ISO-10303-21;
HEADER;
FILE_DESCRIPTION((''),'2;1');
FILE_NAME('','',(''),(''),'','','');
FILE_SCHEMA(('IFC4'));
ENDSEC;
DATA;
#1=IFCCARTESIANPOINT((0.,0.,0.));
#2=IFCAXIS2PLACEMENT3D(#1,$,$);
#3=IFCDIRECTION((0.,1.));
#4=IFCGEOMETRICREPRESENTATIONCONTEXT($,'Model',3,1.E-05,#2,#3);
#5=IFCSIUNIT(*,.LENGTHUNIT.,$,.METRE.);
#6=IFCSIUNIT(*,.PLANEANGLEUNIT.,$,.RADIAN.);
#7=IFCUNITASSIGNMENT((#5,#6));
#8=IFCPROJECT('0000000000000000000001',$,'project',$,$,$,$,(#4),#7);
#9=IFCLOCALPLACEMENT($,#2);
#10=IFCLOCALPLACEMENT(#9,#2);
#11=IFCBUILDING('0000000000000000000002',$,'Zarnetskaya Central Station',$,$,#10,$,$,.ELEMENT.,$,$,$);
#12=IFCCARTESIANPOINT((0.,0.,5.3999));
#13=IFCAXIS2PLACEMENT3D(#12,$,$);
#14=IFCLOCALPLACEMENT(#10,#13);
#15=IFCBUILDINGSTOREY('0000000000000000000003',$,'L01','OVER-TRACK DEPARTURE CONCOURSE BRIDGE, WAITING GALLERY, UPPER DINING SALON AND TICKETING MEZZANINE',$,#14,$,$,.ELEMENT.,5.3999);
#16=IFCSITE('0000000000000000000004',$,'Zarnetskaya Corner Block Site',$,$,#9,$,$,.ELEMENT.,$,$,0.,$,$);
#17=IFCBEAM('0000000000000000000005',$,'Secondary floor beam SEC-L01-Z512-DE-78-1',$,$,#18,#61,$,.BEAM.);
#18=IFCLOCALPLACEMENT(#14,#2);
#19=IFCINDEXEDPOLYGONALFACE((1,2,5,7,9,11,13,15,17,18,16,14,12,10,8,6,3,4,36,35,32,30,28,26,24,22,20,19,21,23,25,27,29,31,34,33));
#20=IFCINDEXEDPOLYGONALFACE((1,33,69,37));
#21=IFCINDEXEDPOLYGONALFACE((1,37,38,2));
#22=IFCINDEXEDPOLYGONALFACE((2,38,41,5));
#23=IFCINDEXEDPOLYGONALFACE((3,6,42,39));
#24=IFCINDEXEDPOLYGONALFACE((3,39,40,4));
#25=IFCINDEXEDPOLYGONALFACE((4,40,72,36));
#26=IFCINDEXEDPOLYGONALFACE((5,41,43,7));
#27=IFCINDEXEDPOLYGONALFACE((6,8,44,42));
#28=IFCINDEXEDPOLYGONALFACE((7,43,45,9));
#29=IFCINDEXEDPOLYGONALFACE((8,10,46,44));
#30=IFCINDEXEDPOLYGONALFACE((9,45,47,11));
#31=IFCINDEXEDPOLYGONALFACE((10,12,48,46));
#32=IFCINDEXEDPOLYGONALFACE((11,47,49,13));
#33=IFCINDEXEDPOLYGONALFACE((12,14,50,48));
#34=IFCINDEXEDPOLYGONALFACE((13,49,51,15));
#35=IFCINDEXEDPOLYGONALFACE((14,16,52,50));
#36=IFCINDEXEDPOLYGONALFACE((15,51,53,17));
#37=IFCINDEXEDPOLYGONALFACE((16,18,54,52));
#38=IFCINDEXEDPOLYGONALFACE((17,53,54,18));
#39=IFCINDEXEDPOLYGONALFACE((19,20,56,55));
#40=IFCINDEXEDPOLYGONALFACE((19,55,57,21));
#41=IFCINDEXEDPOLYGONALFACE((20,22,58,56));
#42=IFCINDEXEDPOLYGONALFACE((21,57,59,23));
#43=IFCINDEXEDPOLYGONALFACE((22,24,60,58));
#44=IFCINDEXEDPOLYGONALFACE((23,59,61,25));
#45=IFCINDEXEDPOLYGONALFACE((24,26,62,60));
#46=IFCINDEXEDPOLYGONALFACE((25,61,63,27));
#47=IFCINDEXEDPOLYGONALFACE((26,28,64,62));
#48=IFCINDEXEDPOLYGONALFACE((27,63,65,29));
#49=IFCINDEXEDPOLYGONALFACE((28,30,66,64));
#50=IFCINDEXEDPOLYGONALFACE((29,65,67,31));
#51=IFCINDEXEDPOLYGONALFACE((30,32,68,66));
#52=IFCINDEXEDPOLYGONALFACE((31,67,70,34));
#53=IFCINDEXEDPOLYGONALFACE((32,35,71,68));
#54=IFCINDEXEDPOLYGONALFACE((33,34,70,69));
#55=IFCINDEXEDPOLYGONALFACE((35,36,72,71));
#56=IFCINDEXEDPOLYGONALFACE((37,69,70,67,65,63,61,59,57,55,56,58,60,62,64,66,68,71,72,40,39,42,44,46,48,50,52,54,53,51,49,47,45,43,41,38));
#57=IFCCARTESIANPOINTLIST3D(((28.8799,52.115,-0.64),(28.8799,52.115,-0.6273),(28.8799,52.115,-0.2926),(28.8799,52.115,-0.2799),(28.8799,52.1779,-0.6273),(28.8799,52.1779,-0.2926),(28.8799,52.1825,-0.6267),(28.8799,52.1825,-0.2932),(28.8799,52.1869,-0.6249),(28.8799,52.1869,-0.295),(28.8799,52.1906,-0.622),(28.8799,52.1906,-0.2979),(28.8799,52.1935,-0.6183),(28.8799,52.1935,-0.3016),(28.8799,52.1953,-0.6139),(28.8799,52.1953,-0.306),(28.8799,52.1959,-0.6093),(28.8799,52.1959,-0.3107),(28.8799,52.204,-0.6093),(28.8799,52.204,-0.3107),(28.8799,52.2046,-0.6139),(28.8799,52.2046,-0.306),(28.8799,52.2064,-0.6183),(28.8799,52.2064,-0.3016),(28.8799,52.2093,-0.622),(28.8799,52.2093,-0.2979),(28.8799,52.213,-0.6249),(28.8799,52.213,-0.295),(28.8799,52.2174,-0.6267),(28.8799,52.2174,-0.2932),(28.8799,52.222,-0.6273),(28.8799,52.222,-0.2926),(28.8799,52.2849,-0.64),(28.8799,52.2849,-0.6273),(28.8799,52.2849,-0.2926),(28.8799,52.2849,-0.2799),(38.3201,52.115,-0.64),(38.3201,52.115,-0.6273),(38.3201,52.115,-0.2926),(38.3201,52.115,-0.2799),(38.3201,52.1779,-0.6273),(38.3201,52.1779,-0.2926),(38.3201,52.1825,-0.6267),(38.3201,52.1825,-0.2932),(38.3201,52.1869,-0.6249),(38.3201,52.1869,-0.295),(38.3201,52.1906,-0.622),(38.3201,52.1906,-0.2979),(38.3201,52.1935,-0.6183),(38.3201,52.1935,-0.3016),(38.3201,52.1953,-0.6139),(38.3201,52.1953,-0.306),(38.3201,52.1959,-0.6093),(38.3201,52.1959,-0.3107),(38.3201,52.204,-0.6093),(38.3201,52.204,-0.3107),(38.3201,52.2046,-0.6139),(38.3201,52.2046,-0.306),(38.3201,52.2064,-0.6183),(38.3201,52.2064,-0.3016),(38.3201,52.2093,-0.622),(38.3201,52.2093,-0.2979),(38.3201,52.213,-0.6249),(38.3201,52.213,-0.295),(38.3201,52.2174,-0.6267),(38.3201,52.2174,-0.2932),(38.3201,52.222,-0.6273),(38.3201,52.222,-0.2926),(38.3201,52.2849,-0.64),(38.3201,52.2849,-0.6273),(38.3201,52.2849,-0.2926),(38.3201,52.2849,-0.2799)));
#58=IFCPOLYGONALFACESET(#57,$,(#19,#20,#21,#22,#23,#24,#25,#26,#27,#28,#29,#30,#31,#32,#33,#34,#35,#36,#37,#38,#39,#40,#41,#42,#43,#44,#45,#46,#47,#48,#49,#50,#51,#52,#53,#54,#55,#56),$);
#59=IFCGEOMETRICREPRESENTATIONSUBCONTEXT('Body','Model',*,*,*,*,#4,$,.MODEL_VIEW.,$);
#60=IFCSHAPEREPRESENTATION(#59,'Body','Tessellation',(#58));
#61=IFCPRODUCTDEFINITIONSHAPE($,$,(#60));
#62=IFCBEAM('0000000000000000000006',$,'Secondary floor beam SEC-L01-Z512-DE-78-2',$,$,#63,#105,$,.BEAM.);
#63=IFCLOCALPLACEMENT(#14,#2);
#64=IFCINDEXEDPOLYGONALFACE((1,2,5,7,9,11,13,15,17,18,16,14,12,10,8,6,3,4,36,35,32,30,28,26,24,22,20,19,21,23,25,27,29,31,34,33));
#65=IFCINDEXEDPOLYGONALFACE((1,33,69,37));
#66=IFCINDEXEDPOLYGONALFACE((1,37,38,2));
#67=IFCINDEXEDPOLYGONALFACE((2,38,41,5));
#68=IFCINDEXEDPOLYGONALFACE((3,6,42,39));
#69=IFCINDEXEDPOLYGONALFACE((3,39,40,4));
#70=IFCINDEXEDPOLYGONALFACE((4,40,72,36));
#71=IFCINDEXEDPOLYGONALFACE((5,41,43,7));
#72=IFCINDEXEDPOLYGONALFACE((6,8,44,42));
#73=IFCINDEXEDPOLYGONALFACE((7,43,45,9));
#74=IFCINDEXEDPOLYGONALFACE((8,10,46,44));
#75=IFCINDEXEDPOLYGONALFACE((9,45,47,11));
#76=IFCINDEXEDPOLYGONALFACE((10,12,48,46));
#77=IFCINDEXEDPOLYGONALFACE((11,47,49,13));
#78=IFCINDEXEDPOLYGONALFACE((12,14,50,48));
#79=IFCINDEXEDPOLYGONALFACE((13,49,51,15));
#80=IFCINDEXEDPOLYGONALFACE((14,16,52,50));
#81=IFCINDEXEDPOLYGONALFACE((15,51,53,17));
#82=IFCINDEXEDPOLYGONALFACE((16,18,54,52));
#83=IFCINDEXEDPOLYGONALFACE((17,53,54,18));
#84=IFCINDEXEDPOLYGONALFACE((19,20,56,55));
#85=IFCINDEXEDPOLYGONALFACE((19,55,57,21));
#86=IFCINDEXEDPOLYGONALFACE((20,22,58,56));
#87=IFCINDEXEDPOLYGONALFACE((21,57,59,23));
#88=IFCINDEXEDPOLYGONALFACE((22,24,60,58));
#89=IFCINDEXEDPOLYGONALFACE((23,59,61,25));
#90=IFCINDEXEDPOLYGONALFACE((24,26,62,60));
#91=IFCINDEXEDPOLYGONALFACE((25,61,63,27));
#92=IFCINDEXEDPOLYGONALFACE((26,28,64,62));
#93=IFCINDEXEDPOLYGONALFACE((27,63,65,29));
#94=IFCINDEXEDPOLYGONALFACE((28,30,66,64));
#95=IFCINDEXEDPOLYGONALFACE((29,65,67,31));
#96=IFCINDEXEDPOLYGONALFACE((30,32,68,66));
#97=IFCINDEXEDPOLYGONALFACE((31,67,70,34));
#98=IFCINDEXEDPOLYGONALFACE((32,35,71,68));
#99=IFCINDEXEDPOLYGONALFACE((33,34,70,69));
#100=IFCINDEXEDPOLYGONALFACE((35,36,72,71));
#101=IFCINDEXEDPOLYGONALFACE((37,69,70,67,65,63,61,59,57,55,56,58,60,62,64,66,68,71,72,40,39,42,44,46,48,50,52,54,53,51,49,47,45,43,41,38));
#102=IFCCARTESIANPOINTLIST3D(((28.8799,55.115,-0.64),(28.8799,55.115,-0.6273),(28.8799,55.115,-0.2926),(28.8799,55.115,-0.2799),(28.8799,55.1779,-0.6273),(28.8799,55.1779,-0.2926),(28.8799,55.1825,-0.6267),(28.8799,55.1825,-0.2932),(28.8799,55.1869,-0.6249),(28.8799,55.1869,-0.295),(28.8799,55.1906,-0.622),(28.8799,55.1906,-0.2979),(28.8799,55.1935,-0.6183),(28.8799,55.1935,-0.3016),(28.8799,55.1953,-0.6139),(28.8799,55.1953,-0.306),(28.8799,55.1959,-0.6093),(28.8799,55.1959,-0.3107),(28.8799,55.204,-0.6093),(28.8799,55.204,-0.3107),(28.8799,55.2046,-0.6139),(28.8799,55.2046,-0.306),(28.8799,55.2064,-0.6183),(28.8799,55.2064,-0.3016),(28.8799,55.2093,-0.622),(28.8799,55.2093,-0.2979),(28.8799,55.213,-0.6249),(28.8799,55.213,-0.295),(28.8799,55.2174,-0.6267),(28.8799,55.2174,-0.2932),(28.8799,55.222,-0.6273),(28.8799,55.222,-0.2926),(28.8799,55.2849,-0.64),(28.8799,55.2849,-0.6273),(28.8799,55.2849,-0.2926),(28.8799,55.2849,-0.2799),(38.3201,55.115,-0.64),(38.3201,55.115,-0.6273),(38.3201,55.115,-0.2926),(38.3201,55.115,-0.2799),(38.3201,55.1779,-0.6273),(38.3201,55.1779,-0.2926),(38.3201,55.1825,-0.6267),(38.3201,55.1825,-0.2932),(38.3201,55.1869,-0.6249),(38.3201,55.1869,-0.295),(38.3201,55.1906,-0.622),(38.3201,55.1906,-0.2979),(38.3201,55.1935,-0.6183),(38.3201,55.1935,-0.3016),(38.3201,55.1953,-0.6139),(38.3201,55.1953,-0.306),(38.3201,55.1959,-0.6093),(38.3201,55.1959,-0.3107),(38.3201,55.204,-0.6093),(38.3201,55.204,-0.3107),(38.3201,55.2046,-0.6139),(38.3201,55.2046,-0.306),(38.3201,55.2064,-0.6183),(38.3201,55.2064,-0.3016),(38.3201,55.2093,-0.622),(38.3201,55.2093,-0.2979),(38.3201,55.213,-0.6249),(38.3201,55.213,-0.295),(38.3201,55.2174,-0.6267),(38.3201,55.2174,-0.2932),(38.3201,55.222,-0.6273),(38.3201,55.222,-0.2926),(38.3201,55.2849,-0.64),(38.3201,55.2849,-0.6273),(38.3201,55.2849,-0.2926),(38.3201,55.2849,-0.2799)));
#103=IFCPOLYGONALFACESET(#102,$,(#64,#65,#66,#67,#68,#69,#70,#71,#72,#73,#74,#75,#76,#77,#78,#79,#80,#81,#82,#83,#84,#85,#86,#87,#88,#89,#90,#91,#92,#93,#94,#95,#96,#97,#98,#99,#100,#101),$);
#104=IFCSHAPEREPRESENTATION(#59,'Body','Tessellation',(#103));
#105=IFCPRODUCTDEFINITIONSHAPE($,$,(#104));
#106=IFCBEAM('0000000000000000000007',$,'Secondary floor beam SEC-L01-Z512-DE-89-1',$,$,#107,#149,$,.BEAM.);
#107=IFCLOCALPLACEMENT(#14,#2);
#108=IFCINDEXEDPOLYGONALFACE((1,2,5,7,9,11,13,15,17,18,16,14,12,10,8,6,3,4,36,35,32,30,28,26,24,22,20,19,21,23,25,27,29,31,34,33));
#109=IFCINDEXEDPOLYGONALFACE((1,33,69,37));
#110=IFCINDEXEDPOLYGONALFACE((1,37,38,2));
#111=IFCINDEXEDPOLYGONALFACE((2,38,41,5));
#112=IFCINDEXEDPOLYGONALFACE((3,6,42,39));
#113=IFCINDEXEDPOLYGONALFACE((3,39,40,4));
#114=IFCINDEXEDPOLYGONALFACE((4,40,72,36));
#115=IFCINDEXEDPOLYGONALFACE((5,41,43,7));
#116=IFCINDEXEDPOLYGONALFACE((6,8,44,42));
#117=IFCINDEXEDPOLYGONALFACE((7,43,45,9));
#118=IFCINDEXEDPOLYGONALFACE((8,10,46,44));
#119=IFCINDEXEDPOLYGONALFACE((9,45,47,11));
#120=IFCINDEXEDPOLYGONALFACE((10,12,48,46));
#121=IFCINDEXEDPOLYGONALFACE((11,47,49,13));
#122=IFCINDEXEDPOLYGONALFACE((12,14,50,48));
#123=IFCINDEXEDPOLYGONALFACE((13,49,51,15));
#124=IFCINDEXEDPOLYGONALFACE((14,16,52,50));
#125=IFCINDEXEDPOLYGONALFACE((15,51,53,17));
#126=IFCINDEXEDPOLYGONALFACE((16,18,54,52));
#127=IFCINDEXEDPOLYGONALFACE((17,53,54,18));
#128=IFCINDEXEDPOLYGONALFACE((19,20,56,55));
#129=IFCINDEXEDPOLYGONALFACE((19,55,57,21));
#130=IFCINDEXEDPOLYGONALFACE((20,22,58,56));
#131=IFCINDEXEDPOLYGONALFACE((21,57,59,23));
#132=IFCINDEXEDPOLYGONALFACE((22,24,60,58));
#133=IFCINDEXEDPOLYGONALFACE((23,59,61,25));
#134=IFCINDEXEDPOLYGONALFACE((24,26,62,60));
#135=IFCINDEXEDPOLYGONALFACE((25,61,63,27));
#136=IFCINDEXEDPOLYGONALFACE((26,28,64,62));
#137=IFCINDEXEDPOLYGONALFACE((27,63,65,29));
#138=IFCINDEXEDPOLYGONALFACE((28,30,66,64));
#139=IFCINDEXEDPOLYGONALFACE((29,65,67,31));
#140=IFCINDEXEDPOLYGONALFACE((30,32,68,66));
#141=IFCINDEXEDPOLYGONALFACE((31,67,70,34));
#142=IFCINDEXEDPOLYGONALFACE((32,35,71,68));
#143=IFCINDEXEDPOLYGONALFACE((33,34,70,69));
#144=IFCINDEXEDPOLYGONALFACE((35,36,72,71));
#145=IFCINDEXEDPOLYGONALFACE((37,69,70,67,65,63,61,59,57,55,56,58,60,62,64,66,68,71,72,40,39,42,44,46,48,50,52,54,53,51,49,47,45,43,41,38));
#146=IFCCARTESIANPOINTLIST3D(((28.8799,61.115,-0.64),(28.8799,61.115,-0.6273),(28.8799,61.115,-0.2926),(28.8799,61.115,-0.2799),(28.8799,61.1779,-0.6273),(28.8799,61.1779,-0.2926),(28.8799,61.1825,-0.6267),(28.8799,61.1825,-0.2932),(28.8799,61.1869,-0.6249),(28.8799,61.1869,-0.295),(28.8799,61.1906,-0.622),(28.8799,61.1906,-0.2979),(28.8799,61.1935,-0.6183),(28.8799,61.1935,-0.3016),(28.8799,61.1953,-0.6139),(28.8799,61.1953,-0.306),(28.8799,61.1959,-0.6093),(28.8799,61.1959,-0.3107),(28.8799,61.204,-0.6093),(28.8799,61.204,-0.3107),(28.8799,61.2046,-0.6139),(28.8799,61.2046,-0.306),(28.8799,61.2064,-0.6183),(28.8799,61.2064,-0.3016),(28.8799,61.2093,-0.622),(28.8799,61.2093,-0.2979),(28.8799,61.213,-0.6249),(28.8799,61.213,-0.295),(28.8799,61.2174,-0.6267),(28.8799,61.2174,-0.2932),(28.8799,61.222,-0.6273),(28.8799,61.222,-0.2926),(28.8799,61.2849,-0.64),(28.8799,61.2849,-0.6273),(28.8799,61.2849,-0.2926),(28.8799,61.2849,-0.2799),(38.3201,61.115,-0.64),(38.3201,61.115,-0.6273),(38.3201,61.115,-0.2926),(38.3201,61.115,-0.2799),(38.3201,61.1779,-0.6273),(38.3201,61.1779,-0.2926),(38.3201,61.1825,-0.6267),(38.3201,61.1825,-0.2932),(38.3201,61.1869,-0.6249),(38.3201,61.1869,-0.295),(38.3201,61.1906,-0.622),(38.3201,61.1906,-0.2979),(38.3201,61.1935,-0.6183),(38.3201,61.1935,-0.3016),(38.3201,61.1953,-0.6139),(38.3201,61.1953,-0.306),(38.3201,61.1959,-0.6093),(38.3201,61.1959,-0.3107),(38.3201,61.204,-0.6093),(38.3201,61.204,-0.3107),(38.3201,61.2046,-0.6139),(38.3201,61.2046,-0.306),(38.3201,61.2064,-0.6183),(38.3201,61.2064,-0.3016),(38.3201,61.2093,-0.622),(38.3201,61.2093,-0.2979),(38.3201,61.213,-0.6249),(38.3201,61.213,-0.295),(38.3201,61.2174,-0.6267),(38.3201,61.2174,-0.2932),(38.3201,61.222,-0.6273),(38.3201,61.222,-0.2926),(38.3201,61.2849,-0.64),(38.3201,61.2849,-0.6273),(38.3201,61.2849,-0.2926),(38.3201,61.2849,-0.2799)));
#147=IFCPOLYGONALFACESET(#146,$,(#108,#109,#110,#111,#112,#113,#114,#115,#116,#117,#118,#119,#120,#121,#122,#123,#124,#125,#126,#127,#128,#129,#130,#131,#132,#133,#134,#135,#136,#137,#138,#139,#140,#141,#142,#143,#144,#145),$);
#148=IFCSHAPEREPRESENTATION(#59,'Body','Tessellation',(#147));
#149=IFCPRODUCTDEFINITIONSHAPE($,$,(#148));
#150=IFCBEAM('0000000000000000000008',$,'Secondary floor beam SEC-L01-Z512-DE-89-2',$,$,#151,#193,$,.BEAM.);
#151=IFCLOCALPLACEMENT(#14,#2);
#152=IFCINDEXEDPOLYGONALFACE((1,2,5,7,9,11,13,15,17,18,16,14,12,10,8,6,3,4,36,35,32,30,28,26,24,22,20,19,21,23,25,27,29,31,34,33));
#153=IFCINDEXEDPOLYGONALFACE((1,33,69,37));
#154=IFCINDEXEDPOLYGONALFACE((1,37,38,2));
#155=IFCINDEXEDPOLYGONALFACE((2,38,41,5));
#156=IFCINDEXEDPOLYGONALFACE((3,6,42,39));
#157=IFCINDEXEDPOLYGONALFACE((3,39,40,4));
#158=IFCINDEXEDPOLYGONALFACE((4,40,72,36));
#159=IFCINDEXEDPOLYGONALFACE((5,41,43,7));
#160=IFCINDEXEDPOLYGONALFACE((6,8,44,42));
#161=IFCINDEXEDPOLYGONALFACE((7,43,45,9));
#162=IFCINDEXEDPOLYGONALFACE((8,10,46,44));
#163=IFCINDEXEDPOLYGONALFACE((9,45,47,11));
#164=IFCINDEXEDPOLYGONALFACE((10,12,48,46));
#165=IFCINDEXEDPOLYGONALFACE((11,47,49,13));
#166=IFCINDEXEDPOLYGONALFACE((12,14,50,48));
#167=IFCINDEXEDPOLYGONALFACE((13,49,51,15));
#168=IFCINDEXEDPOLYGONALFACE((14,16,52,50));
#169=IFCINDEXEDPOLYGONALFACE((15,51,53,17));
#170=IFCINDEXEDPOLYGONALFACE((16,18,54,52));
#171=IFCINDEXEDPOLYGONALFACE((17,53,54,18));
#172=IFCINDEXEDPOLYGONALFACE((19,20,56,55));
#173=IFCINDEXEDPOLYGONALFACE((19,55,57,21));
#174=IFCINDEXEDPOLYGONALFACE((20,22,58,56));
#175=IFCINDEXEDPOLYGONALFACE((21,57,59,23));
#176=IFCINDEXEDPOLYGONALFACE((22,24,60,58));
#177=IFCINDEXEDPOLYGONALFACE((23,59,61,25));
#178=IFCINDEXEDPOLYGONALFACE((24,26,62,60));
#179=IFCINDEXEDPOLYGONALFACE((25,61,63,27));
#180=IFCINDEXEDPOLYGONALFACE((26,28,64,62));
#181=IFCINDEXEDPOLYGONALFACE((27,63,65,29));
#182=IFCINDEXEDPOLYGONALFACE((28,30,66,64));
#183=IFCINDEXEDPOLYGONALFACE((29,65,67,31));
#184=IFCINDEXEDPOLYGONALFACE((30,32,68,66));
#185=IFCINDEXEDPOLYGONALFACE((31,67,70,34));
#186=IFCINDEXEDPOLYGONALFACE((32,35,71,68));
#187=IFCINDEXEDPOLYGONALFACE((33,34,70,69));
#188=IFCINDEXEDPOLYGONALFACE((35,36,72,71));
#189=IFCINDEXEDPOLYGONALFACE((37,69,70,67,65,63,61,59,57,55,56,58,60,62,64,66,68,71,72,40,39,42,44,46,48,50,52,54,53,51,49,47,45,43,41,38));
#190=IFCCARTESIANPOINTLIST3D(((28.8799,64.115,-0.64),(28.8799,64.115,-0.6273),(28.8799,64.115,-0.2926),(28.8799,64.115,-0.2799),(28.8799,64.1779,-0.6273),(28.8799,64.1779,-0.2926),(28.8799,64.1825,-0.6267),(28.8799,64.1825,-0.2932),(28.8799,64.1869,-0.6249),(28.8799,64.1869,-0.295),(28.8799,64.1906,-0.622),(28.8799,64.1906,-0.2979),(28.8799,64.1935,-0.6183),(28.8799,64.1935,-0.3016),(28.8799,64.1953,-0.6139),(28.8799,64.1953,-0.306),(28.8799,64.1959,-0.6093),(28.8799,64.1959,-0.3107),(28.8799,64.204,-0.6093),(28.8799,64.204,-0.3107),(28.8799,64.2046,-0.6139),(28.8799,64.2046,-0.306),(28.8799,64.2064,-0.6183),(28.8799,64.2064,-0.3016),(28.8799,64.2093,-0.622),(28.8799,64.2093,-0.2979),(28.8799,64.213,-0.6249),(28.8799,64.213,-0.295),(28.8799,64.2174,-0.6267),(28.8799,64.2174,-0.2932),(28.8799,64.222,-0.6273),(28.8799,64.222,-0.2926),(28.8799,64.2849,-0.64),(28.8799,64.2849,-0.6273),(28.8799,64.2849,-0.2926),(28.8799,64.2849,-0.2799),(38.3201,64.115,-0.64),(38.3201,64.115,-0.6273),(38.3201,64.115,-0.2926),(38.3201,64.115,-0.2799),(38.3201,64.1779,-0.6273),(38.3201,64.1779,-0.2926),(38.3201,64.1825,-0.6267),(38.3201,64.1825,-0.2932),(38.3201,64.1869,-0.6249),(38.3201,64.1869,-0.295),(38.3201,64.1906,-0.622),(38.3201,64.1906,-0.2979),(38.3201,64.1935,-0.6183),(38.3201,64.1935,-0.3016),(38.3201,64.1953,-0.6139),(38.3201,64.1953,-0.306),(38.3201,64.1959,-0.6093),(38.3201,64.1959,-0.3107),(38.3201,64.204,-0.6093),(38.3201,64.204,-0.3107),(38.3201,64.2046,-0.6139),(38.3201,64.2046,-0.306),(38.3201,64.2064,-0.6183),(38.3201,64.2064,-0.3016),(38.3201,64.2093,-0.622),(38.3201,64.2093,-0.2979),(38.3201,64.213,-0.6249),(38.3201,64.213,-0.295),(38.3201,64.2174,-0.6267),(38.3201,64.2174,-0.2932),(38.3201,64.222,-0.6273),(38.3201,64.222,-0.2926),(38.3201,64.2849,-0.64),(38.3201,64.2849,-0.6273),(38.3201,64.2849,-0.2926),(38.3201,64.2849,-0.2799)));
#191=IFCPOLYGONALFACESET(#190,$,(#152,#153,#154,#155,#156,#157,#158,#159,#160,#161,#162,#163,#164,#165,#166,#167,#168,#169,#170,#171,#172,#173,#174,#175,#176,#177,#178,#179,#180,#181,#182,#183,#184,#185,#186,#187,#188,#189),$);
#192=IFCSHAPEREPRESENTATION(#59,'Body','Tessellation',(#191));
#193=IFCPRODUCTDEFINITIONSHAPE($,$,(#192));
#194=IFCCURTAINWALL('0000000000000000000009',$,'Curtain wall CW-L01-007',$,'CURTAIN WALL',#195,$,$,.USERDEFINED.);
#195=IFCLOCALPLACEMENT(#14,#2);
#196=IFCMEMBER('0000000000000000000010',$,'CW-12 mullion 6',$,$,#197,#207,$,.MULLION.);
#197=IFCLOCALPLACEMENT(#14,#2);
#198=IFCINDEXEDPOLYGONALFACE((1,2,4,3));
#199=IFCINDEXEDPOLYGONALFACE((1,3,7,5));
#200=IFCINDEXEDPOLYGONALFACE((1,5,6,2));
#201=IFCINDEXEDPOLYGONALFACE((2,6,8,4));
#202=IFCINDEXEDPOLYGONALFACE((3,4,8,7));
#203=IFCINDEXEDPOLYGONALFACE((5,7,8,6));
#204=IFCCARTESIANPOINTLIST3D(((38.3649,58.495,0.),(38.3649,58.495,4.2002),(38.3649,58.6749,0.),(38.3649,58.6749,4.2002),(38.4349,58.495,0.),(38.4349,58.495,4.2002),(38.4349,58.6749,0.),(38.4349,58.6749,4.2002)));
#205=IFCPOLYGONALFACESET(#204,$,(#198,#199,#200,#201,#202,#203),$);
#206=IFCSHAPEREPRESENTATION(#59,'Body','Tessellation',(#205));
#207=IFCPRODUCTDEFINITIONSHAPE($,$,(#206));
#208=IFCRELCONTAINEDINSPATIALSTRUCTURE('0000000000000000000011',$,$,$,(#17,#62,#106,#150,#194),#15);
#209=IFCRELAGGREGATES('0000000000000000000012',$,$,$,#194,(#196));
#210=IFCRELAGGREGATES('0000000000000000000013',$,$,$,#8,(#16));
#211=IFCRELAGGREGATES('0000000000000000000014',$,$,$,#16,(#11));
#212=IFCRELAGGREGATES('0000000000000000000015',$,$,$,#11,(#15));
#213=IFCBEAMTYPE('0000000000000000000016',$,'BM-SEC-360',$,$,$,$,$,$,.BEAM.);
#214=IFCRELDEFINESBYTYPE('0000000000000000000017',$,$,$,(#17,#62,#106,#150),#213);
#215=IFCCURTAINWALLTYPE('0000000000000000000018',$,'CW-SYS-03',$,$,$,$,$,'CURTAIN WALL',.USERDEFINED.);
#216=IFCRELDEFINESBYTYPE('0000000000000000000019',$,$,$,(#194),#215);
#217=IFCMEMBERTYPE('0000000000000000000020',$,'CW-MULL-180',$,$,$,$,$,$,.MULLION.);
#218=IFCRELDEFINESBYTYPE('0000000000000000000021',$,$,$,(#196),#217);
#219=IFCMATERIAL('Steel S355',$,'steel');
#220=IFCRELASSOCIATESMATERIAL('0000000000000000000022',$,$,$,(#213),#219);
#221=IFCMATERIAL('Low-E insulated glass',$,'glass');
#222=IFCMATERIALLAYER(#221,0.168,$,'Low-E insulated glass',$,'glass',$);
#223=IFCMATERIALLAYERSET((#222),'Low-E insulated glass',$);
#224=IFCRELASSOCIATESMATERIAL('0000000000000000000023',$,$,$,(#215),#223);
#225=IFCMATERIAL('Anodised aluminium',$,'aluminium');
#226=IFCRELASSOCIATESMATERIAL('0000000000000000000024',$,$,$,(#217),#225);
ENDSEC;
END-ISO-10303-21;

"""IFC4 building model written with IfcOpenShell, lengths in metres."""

from ifc_helpers import new_model, si_unit, direction, frame, origin, origin_2d, place, context, subcontext, project, spatial, rectangle, i_section, extrude, material, layer, layer_set, material_profile, profile_set, type_object, element, aggregate, save


model = new_model("IFC4")

# Units and contexts
model_context = context("Model", 3, precision=1e-05, world=origin(), true_north=direction((0.0, 1.0)))
body_context = subcontext(model_context, "Body", "Model", "MODEL_VIEW")
ifc_project = project(units=[si_unit("LENGTHUNIT", "METRE"), si_unit("PLANEANGLEUNIT", "RADIAN")], contexts=[model_context])

# Site, building, storey
site_placement = place(None, origin())
site = spatial("IfcSite", under=ifc_project, at=site_placement, Name="Zarnetskaya Corner Block Site", CompositionType="ELEMENT", RefElevation=0.0)
building_placement = place(site_placement, origin())
building = spatial("IfcBuilding", under=site, at=building_placement, Name="Zarnetskaya Central Station", CompositionType="ELEMENT")
storey_placement = place(building_placement, frame((0.0, 0.0, 5.3999)))
storey = spatial("IfcBuildingStorey", under=building, at=storey_placement, Name="L01", Description="OVER-TRACK DEPARTURE CONCOURSE BRIDGE, WAITING GALLERY, UPPER DINING SALON AND TICKETING MEZZANINE", CompositionType="ELEMENT", Elevation=5.3999)

# Shared definitions
ifc_material_1 = material(Name="Steel S355", Category="steel")

# Beams
ifc_material_profile_1 = material_profile(ifc_material_1, i_section(OverallWidth=0.1699, OverallDepth=0.3601, WebThickness=0.0081, FlangeThickness=0.0127, FilletRadius=0.0181, at=origin_2d()), Name="IPE 360")
ifc_profile_set_1 = profile_set([ifc_material_profile_1], Name="Steel S355")
beam_type_1 = type_object("IfcBeamType", Name="BM-SEC-360", PredefinedType="BEAM", material=ifc_profile_set_1)
for number, where, z_axis, x_axis, name in (
    (1, (28.8799, 52.2, -0.46), (1.0, 0.0, 0.0), (0.0, 1.0, 0.0), "Secondary floor beam SEC-L01-Z512-DE-78-1"),
    (2, (28.8799, 55.2, -0.46), (1.0, 0.0, 0.0), (0.0, 1.0, 0.0), "Secondary floor beam SEC-L01-Z512-DE-78-2"),
    (3, (28.8799, 61.2, -0.46), (1.0, 0.0, 0.0), (0.0, 1.0, 0.0), "Secondary floor beam SEC-L01-Z512-DE-89-1"),
    (4, (28.8799, 64.2, -0.46), (1.0, 0.0, 0.0), (0.0, 1.0, 0.0), "Secondary floor beam SEC-L01-Z512-DE-89-2"),
):
    element("IfcBeam", number, at=place(storey_placement, frame(where, z_axis=z_axis, x_axis=x_axis)), inside=storey, type_object=beam_type_1, Name=name, PredefinedType="BEAM", context=body_context, shape_type="SweptSolid", body=[
        extrude(i_section(OverallWidth=0.1699, OverallDepth=0.3601, WebThickness=0.0081, FlangeThickness=0.0127, FilletRadius=0.0181, at=origin_2d()), origin(), (0.0, 0.0, 1.0), 9.4402),
    ])

# Curtain wall, member
ifc_material_2 = material(Name="Low-E insulated glass", Category="glass")
ifc_layer_1 = layer(ifc_material_2, 0.168, Name="Low-E insulated glass", Category="glass")
ifc_layer_set_1 = layer_set([ifc_layer_1], Name="Low-E insulated glass")
curtain_wall_type_1 = type_object("IfcCurtainWallType", Name="CW-SYS-03", ElementType="CURTAIN WALL", PredefinedType="USERDEFINED", material=ifc_layer_set_1)
curtain_wall_1_placement = place(storey_placement, origin())
curtain_wall_1 = element("IfcCurtainWall", 5, at=curtain_wall_1_placement, inside=storey, type_object=curtain_wall_type_1, Name="Curtain wall CW-L01-007", ObjectType="CURTAIN WALL", PredefinedType="USERDEFINED")
ifc_material_3 = material(Name="Anodised aluminium", Category="aluminium")
ifc_material_profile_2 = material_profile(ifc_material_3, rectangle(XDim=0.0701, YDim=0.1799, at=origin_2d()), Name="ALU MULL 70x180")
ifc_profile_set_2 = profile_set([ifc_material_profile_2], Name="Anodised aluminium")
member_type = type_object("IfcMemberType", Name="CW-MULL-180", PredefinedType="MULLION", material=ifc_profile_set_2)
member_placement = place(storey_placement, frame((38.3999, 58.585, 0.0), z_axis=(0.0, 0.0, 1.0), x_axis=(1.0, 0.0, 0.0)))
member = element("IfcMember", 6, at=member_placement, type_object=member_type, Name="CW-12 mullion 6", PredefinedType="MULLION", context=body_context, shape_type="SweptSolid", body=[
    extrude(rectangle(XDim=0.0701, YDim=0.1799, at=origin_2d()), origin(), (0.0, 0.0, 1.0), 4.2002),
])

aggregate(curtain_wall_1, [member])

save(model, "model.ifc")
